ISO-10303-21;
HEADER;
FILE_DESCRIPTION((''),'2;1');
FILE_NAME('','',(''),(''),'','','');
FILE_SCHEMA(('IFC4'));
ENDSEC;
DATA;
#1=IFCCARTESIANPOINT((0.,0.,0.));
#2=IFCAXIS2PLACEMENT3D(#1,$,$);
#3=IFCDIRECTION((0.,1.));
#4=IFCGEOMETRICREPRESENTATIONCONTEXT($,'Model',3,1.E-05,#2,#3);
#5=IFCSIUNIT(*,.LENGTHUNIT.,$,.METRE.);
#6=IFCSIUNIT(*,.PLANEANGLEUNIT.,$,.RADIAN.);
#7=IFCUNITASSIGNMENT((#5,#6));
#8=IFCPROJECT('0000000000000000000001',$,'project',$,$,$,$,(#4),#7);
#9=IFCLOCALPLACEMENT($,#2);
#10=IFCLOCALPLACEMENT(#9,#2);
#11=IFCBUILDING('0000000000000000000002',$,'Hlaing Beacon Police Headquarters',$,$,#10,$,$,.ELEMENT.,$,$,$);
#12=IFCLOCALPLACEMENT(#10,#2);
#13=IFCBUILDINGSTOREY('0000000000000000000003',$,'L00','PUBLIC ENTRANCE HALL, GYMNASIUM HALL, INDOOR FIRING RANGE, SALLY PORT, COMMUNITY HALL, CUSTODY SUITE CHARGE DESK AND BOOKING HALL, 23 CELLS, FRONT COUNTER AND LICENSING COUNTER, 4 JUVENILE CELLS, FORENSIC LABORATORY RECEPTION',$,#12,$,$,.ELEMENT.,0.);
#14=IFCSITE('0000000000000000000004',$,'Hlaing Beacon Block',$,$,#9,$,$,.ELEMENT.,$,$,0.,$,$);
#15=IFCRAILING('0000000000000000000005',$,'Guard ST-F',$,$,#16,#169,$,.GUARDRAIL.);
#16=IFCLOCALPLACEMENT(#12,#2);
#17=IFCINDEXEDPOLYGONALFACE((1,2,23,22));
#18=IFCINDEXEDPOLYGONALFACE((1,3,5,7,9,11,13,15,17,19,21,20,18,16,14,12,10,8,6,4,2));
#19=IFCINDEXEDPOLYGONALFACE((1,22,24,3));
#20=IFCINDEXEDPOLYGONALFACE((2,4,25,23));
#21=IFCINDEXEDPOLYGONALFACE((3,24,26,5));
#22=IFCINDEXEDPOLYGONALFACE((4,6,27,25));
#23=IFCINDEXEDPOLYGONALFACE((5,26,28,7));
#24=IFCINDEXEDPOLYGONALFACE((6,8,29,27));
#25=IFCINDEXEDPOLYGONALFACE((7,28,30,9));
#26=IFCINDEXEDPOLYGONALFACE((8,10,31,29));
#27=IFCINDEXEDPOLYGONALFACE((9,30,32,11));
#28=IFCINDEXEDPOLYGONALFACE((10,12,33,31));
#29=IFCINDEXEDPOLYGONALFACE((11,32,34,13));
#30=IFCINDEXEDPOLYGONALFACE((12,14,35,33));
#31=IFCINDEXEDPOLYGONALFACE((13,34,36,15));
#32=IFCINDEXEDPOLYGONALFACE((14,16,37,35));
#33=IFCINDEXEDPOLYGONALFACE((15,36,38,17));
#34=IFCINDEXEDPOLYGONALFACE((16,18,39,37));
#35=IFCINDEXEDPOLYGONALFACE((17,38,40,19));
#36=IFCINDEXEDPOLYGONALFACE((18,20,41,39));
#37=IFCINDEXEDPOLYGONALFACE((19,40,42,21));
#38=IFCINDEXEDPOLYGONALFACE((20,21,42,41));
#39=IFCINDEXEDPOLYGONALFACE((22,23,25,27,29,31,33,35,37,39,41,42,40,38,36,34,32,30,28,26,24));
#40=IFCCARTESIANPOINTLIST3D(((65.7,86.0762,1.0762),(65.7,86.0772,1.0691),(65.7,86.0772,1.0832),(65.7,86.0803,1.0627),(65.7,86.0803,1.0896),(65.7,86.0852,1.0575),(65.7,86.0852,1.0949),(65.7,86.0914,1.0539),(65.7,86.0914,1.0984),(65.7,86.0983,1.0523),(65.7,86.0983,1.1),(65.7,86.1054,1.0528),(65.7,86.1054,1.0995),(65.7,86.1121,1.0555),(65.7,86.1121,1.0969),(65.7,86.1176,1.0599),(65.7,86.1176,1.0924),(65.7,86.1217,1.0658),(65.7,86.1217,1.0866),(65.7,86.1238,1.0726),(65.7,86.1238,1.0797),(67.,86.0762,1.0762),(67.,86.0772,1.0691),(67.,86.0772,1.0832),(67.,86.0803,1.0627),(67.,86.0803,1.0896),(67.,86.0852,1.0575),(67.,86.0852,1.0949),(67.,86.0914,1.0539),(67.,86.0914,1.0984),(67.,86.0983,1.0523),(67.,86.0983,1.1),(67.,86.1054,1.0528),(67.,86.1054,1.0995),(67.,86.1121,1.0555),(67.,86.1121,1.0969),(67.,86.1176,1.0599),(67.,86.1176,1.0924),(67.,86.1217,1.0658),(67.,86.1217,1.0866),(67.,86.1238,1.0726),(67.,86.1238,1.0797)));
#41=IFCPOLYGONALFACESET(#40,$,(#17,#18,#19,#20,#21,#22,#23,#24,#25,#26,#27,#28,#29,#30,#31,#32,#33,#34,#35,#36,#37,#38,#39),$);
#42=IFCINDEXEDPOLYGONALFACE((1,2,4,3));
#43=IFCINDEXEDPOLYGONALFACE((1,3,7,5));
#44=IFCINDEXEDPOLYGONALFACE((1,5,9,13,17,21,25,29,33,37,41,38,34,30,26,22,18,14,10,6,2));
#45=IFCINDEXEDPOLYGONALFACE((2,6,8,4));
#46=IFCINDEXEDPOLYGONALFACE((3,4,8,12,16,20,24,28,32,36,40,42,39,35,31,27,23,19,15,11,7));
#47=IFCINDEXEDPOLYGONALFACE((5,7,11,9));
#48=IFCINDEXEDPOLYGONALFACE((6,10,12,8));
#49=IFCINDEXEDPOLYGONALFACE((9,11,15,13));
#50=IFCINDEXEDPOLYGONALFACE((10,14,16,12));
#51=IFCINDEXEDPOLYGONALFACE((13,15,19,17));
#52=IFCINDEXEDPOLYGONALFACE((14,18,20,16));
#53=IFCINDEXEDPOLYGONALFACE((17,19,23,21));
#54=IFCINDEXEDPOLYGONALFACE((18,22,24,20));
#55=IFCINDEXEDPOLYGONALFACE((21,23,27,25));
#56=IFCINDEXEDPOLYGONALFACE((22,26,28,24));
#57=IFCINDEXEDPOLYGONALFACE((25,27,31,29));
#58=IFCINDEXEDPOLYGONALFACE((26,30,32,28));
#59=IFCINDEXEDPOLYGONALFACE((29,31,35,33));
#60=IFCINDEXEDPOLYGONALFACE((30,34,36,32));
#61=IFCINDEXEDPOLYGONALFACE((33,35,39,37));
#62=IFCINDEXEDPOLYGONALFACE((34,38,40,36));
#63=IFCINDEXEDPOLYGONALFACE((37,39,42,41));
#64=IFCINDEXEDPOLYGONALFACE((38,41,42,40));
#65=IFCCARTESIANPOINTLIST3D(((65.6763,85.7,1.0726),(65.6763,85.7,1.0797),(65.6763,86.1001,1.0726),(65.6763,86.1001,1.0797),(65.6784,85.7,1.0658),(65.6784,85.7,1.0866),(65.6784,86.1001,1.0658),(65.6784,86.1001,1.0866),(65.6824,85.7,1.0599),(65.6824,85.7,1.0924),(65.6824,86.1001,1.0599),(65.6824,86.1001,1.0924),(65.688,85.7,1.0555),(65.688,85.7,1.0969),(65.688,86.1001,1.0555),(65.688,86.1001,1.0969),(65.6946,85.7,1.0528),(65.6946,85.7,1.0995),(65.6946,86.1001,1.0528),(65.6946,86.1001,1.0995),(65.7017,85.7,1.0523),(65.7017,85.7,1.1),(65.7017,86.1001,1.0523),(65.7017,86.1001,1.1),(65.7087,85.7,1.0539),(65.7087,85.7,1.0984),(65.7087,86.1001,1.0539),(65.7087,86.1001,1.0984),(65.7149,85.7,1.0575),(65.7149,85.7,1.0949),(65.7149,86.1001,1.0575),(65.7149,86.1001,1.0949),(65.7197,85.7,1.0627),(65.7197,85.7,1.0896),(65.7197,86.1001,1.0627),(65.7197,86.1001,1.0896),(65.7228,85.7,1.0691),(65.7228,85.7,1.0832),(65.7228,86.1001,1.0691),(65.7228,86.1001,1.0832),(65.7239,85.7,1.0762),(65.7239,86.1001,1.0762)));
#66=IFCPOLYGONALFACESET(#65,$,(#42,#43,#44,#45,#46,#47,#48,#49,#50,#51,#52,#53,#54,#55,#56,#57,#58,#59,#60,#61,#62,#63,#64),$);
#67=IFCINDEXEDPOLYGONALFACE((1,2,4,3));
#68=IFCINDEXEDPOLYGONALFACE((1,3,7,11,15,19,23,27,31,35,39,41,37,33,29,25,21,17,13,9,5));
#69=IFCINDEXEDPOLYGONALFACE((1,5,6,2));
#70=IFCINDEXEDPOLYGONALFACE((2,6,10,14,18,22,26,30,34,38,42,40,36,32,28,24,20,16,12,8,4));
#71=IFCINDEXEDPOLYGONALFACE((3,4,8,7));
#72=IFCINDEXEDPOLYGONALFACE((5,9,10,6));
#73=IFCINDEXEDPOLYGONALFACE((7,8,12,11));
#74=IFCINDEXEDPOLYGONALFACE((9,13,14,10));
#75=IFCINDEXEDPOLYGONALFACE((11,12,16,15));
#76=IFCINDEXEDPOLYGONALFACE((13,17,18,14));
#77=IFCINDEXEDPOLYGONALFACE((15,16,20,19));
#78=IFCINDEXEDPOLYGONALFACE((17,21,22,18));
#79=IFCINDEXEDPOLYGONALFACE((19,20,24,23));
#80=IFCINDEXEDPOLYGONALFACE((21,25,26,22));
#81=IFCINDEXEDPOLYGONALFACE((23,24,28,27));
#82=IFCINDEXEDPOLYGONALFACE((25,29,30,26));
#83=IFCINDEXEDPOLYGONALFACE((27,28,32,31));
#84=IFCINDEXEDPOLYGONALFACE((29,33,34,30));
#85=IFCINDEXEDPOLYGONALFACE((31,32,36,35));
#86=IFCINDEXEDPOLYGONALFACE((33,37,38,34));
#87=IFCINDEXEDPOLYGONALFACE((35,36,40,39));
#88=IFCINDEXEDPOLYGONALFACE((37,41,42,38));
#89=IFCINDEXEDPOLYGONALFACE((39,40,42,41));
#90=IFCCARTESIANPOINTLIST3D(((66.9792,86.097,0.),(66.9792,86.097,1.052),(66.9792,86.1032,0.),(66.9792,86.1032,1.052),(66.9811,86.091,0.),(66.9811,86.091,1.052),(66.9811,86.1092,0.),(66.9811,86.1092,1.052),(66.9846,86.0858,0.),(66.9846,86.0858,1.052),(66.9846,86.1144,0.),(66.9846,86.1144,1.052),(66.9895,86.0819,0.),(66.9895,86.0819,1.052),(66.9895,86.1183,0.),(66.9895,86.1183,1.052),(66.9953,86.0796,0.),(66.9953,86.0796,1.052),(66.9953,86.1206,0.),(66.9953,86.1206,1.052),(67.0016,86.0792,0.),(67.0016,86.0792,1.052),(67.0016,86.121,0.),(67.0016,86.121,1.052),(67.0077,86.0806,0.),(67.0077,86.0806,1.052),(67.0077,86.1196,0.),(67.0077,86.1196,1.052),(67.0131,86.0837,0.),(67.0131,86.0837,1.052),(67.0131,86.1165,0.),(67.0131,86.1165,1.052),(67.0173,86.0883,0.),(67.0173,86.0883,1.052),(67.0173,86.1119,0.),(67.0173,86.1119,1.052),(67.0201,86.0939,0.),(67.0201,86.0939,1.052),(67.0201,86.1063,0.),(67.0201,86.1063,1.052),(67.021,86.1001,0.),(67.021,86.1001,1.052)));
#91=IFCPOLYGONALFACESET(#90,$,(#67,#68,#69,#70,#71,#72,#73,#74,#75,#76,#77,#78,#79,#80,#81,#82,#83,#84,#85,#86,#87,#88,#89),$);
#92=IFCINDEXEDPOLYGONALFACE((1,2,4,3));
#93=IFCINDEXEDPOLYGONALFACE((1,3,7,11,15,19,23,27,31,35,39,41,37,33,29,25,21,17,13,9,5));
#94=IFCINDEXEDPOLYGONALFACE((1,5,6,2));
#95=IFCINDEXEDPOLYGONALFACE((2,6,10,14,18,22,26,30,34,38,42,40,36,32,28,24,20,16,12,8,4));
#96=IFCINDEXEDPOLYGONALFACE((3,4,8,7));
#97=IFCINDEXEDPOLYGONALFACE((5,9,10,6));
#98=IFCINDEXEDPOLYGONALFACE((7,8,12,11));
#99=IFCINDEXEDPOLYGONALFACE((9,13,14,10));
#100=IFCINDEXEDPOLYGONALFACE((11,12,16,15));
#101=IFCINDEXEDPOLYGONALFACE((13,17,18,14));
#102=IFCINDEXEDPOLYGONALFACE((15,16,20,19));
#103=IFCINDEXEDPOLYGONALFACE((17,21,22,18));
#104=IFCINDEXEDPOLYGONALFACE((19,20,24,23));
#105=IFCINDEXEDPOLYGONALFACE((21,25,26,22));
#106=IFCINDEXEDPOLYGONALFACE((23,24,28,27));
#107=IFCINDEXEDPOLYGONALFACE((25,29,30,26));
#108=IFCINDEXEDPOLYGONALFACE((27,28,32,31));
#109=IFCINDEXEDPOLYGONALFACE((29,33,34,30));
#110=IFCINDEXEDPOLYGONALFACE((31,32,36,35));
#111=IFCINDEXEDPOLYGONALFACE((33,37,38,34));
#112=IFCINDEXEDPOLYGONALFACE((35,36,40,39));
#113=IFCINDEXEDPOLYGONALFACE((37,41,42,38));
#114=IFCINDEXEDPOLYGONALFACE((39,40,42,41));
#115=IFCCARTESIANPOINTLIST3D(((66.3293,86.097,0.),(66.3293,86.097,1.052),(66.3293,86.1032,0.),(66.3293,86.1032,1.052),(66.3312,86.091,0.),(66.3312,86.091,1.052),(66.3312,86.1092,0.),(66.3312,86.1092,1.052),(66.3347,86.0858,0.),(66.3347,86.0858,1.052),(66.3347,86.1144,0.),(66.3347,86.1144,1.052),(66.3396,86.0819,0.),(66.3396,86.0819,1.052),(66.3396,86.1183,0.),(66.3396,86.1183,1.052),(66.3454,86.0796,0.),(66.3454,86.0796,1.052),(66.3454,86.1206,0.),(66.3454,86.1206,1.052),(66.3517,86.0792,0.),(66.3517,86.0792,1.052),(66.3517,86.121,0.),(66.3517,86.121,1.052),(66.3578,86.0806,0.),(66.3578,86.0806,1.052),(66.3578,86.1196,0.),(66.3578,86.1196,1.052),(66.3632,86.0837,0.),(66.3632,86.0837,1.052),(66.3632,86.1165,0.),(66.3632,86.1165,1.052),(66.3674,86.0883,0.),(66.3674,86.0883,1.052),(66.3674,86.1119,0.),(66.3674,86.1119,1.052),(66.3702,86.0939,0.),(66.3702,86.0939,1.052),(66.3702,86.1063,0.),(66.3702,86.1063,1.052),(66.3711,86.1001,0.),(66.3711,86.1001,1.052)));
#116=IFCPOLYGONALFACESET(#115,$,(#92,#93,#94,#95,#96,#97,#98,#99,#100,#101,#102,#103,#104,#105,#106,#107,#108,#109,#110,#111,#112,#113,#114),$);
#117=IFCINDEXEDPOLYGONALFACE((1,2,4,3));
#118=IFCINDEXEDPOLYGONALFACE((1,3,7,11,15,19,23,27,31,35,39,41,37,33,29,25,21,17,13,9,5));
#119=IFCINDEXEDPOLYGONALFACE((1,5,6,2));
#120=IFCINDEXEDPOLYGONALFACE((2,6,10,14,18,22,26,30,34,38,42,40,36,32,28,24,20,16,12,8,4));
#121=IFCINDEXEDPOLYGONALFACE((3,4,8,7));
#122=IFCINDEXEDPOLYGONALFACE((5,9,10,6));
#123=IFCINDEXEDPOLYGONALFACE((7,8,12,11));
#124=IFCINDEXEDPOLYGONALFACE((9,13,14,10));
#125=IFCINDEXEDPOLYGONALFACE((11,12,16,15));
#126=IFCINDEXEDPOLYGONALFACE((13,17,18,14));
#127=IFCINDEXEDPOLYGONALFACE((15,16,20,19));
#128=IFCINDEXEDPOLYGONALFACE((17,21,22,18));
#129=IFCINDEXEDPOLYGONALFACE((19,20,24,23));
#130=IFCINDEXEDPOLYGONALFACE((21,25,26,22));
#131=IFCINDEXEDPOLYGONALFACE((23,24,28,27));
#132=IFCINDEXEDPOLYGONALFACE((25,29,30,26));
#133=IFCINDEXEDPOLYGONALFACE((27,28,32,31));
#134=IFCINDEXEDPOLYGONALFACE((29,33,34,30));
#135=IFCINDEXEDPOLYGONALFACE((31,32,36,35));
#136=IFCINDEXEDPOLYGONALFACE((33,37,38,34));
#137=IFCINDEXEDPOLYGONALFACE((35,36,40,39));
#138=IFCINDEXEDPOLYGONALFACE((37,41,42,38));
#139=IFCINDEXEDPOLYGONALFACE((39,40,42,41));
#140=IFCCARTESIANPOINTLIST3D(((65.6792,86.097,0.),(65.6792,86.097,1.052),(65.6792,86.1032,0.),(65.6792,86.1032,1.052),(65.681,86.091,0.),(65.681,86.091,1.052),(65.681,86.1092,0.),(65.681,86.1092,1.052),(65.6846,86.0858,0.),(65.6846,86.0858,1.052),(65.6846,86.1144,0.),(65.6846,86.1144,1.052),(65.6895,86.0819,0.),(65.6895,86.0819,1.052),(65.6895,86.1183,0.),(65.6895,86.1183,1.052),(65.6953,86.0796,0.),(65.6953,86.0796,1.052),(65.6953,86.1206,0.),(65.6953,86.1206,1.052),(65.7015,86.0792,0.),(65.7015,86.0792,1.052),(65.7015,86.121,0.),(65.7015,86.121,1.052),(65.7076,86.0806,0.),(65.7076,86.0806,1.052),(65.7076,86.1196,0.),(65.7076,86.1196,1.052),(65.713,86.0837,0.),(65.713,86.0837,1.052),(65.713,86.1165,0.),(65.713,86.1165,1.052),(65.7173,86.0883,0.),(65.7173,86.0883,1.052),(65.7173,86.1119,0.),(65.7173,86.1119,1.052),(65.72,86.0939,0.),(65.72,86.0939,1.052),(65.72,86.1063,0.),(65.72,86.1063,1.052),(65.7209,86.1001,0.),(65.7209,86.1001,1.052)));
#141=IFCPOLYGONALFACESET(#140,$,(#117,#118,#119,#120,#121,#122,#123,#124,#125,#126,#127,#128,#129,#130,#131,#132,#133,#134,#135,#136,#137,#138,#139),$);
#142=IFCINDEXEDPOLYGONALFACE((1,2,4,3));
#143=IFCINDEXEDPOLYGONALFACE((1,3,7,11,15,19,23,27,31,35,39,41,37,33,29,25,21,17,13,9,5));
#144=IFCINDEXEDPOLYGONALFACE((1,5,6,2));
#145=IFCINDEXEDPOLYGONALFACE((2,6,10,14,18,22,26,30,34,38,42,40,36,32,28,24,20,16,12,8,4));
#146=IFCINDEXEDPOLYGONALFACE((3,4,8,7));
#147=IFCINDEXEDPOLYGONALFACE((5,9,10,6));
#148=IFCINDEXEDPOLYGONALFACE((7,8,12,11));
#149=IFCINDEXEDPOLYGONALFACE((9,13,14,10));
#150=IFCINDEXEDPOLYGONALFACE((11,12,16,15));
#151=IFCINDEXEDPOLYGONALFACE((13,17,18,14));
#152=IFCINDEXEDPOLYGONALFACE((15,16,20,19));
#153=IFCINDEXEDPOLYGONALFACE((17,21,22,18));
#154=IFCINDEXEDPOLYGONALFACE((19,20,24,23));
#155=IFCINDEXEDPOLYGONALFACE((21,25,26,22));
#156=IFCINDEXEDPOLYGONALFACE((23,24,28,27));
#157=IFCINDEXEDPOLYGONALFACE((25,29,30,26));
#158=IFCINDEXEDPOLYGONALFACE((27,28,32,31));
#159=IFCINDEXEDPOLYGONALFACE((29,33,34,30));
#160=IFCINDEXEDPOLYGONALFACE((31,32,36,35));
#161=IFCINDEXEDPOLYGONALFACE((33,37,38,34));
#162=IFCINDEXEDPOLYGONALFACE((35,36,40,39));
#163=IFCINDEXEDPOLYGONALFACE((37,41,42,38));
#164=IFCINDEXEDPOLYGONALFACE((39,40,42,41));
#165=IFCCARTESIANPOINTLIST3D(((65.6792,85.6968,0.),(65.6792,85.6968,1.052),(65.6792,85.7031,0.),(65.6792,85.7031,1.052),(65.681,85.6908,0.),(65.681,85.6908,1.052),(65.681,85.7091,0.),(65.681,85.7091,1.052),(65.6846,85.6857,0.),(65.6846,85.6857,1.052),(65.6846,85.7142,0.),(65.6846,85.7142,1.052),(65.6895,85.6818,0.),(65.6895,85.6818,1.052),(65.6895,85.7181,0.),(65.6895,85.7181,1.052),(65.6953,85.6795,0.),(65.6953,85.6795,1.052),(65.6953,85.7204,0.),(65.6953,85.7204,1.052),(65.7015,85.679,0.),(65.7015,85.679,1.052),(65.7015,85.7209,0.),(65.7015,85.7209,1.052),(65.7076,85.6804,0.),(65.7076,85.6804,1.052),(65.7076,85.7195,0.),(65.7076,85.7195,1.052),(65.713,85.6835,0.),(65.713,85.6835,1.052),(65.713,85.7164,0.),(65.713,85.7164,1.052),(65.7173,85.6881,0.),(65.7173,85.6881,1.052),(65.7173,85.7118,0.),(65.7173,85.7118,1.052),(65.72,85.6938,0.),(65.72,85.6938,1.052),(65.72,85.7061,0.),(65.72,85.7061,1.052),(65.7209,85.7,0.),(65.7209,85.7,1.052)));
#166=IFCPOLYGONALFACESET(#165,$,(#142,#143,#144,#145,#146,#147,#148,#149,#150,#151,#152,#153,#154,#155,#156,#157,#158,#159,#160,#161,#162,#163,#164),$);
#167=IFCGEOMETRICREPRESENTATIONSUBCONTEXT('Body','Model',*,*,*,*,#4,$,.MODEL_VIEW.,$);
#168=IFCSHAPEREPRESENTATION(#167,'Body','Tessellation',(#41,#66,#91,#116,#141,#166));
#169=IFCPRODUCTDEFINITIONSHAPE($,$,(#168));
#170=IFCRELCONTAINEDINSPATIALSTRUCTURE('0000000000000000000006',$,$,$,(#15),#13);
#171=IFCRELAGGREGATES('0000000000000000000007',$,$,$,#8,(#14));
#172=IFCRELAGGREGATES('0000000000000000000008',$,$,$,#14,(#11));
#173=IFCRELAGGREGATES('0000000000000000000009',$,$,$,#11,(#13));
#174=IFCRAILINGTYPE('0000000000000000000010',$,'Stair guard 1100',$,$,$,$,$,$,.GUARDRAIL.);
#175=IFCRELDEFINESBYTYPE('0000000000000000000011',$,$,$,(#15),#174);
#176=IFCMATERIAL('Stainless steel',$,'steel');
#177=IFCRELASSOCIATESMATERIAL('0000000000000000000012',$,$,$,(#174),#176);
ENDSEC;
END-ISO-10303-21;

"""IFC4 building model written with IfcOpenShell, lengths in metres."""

from ifc_helpers import new_model, si_unit, direction, frame, origin, origin_2d, place, context, subcontext, project, spatial, circle, extrude, material, type_object, element, save


model = new_model("IFC4")

# Units and contexts
model_context = context("Model", 3, precision=1e-05, world=origin(), true_north=direction((0.0, 1.0)))
body_context = subcontext(model_context, "Body", "Model", "MODEL_VIEW")
ifc_project = project(units=[si_unit("LENGTHUNIT", "METRE"), si_unit("PLANEANGLEUNIT", "RADIAN")], contexts=[model_context])

# Site, building, storey
site_placement = place(None, origin())
site = spatial("IfcSite", under=ifc_project, at=site_placement, Name="Hlaing Beacon Block", CompositionType="ELEMENT", RefElevation=0.0)
building_placement = place(site_placement, origin())
building = spatial("IfcBuilding", under=site, at=building_placement, Name="Hlaing Beacon Police Headquarters", CompositionType="ELEMENT")
storey_placement = place(building_placement, origin())
storey = spatial("IfcBuildingStorey", under=building, at=storey_placement, Name="L00", Description="PUBLIC ENTRANCE HALL, GYMNASIUM HALL, INDOOR FIRING RANGE, SALLY PORT, COMMUNITY HALL, CUSTODY SUITE CHARGE DESK AND BOOKING HALL, 23 CELLS, FRONT COUNTER AND LICENSING COUNTER, 4 JUVENILE CELLS, FORENSIC LABORATORY RECEPTION", CompositionType="ELEMENT", Elevation=0.0)

# Railing
ifc_material_1 = material(Name="Stainless steel", Category="steel")
railing_type_1 = type_object("IfcRailingType", Name="Stair guard 1100", PredefinedType="GUARDRAIL", material=ifc_material_1)
railing_1_placement = place(storey_placement, frame((67.0, 86.1001, 0.0)))
element("IfcRailing", 1, at=railing_1_placement, inside=storey, type_object=railing_type_1, Name="Guard ST-F", PredefinedType="GUARDRAIL", context=body_context, shape_type="SweptSolid", body=[
    extrude(circle(Radius=0.0239, at=origin_2d()), frame((0.0, 0.0, 1.0762), z_axis=(-1.0, 0.0, 0.0), x_axis=(0.0, -1.0, 0.0)), (0.0, 0.0, 1.0), 1.3),
    extrude(circle(Radius=0.0239, at=origin_2d()), frame((-1.3, 0.0, 1.0762), z_axis=(0.0, -1.0, 0.0), x_axis=(1.0, 0.0, 0.0)), (0.0, 0.0, 1.0), 0.4001),
    extrude(circle(Radius=0.021, at=origin_2d()), origin(), (0.0, 0.0, 1.0), 1.052),
    extrude(circle(Radius=0.021, at=origin_2d()), frame((-0.6499, 0.0, 0.0)), (0.0, 0.0, 1.0), 1.052),
    extrude(circle(Radius=0.021, at=origin_2d()), frame((-1.3, 0.0, 0.0)), (0.0, 0.0, 1.0), 1.052),
    extrude(circle(Radius=0.021, at=origin_2d()), frame((-1.3, -0.4001, 0.0)), (0.0, 0.0, 1.0), 1.052),
])

save(model, "model.ifc")
